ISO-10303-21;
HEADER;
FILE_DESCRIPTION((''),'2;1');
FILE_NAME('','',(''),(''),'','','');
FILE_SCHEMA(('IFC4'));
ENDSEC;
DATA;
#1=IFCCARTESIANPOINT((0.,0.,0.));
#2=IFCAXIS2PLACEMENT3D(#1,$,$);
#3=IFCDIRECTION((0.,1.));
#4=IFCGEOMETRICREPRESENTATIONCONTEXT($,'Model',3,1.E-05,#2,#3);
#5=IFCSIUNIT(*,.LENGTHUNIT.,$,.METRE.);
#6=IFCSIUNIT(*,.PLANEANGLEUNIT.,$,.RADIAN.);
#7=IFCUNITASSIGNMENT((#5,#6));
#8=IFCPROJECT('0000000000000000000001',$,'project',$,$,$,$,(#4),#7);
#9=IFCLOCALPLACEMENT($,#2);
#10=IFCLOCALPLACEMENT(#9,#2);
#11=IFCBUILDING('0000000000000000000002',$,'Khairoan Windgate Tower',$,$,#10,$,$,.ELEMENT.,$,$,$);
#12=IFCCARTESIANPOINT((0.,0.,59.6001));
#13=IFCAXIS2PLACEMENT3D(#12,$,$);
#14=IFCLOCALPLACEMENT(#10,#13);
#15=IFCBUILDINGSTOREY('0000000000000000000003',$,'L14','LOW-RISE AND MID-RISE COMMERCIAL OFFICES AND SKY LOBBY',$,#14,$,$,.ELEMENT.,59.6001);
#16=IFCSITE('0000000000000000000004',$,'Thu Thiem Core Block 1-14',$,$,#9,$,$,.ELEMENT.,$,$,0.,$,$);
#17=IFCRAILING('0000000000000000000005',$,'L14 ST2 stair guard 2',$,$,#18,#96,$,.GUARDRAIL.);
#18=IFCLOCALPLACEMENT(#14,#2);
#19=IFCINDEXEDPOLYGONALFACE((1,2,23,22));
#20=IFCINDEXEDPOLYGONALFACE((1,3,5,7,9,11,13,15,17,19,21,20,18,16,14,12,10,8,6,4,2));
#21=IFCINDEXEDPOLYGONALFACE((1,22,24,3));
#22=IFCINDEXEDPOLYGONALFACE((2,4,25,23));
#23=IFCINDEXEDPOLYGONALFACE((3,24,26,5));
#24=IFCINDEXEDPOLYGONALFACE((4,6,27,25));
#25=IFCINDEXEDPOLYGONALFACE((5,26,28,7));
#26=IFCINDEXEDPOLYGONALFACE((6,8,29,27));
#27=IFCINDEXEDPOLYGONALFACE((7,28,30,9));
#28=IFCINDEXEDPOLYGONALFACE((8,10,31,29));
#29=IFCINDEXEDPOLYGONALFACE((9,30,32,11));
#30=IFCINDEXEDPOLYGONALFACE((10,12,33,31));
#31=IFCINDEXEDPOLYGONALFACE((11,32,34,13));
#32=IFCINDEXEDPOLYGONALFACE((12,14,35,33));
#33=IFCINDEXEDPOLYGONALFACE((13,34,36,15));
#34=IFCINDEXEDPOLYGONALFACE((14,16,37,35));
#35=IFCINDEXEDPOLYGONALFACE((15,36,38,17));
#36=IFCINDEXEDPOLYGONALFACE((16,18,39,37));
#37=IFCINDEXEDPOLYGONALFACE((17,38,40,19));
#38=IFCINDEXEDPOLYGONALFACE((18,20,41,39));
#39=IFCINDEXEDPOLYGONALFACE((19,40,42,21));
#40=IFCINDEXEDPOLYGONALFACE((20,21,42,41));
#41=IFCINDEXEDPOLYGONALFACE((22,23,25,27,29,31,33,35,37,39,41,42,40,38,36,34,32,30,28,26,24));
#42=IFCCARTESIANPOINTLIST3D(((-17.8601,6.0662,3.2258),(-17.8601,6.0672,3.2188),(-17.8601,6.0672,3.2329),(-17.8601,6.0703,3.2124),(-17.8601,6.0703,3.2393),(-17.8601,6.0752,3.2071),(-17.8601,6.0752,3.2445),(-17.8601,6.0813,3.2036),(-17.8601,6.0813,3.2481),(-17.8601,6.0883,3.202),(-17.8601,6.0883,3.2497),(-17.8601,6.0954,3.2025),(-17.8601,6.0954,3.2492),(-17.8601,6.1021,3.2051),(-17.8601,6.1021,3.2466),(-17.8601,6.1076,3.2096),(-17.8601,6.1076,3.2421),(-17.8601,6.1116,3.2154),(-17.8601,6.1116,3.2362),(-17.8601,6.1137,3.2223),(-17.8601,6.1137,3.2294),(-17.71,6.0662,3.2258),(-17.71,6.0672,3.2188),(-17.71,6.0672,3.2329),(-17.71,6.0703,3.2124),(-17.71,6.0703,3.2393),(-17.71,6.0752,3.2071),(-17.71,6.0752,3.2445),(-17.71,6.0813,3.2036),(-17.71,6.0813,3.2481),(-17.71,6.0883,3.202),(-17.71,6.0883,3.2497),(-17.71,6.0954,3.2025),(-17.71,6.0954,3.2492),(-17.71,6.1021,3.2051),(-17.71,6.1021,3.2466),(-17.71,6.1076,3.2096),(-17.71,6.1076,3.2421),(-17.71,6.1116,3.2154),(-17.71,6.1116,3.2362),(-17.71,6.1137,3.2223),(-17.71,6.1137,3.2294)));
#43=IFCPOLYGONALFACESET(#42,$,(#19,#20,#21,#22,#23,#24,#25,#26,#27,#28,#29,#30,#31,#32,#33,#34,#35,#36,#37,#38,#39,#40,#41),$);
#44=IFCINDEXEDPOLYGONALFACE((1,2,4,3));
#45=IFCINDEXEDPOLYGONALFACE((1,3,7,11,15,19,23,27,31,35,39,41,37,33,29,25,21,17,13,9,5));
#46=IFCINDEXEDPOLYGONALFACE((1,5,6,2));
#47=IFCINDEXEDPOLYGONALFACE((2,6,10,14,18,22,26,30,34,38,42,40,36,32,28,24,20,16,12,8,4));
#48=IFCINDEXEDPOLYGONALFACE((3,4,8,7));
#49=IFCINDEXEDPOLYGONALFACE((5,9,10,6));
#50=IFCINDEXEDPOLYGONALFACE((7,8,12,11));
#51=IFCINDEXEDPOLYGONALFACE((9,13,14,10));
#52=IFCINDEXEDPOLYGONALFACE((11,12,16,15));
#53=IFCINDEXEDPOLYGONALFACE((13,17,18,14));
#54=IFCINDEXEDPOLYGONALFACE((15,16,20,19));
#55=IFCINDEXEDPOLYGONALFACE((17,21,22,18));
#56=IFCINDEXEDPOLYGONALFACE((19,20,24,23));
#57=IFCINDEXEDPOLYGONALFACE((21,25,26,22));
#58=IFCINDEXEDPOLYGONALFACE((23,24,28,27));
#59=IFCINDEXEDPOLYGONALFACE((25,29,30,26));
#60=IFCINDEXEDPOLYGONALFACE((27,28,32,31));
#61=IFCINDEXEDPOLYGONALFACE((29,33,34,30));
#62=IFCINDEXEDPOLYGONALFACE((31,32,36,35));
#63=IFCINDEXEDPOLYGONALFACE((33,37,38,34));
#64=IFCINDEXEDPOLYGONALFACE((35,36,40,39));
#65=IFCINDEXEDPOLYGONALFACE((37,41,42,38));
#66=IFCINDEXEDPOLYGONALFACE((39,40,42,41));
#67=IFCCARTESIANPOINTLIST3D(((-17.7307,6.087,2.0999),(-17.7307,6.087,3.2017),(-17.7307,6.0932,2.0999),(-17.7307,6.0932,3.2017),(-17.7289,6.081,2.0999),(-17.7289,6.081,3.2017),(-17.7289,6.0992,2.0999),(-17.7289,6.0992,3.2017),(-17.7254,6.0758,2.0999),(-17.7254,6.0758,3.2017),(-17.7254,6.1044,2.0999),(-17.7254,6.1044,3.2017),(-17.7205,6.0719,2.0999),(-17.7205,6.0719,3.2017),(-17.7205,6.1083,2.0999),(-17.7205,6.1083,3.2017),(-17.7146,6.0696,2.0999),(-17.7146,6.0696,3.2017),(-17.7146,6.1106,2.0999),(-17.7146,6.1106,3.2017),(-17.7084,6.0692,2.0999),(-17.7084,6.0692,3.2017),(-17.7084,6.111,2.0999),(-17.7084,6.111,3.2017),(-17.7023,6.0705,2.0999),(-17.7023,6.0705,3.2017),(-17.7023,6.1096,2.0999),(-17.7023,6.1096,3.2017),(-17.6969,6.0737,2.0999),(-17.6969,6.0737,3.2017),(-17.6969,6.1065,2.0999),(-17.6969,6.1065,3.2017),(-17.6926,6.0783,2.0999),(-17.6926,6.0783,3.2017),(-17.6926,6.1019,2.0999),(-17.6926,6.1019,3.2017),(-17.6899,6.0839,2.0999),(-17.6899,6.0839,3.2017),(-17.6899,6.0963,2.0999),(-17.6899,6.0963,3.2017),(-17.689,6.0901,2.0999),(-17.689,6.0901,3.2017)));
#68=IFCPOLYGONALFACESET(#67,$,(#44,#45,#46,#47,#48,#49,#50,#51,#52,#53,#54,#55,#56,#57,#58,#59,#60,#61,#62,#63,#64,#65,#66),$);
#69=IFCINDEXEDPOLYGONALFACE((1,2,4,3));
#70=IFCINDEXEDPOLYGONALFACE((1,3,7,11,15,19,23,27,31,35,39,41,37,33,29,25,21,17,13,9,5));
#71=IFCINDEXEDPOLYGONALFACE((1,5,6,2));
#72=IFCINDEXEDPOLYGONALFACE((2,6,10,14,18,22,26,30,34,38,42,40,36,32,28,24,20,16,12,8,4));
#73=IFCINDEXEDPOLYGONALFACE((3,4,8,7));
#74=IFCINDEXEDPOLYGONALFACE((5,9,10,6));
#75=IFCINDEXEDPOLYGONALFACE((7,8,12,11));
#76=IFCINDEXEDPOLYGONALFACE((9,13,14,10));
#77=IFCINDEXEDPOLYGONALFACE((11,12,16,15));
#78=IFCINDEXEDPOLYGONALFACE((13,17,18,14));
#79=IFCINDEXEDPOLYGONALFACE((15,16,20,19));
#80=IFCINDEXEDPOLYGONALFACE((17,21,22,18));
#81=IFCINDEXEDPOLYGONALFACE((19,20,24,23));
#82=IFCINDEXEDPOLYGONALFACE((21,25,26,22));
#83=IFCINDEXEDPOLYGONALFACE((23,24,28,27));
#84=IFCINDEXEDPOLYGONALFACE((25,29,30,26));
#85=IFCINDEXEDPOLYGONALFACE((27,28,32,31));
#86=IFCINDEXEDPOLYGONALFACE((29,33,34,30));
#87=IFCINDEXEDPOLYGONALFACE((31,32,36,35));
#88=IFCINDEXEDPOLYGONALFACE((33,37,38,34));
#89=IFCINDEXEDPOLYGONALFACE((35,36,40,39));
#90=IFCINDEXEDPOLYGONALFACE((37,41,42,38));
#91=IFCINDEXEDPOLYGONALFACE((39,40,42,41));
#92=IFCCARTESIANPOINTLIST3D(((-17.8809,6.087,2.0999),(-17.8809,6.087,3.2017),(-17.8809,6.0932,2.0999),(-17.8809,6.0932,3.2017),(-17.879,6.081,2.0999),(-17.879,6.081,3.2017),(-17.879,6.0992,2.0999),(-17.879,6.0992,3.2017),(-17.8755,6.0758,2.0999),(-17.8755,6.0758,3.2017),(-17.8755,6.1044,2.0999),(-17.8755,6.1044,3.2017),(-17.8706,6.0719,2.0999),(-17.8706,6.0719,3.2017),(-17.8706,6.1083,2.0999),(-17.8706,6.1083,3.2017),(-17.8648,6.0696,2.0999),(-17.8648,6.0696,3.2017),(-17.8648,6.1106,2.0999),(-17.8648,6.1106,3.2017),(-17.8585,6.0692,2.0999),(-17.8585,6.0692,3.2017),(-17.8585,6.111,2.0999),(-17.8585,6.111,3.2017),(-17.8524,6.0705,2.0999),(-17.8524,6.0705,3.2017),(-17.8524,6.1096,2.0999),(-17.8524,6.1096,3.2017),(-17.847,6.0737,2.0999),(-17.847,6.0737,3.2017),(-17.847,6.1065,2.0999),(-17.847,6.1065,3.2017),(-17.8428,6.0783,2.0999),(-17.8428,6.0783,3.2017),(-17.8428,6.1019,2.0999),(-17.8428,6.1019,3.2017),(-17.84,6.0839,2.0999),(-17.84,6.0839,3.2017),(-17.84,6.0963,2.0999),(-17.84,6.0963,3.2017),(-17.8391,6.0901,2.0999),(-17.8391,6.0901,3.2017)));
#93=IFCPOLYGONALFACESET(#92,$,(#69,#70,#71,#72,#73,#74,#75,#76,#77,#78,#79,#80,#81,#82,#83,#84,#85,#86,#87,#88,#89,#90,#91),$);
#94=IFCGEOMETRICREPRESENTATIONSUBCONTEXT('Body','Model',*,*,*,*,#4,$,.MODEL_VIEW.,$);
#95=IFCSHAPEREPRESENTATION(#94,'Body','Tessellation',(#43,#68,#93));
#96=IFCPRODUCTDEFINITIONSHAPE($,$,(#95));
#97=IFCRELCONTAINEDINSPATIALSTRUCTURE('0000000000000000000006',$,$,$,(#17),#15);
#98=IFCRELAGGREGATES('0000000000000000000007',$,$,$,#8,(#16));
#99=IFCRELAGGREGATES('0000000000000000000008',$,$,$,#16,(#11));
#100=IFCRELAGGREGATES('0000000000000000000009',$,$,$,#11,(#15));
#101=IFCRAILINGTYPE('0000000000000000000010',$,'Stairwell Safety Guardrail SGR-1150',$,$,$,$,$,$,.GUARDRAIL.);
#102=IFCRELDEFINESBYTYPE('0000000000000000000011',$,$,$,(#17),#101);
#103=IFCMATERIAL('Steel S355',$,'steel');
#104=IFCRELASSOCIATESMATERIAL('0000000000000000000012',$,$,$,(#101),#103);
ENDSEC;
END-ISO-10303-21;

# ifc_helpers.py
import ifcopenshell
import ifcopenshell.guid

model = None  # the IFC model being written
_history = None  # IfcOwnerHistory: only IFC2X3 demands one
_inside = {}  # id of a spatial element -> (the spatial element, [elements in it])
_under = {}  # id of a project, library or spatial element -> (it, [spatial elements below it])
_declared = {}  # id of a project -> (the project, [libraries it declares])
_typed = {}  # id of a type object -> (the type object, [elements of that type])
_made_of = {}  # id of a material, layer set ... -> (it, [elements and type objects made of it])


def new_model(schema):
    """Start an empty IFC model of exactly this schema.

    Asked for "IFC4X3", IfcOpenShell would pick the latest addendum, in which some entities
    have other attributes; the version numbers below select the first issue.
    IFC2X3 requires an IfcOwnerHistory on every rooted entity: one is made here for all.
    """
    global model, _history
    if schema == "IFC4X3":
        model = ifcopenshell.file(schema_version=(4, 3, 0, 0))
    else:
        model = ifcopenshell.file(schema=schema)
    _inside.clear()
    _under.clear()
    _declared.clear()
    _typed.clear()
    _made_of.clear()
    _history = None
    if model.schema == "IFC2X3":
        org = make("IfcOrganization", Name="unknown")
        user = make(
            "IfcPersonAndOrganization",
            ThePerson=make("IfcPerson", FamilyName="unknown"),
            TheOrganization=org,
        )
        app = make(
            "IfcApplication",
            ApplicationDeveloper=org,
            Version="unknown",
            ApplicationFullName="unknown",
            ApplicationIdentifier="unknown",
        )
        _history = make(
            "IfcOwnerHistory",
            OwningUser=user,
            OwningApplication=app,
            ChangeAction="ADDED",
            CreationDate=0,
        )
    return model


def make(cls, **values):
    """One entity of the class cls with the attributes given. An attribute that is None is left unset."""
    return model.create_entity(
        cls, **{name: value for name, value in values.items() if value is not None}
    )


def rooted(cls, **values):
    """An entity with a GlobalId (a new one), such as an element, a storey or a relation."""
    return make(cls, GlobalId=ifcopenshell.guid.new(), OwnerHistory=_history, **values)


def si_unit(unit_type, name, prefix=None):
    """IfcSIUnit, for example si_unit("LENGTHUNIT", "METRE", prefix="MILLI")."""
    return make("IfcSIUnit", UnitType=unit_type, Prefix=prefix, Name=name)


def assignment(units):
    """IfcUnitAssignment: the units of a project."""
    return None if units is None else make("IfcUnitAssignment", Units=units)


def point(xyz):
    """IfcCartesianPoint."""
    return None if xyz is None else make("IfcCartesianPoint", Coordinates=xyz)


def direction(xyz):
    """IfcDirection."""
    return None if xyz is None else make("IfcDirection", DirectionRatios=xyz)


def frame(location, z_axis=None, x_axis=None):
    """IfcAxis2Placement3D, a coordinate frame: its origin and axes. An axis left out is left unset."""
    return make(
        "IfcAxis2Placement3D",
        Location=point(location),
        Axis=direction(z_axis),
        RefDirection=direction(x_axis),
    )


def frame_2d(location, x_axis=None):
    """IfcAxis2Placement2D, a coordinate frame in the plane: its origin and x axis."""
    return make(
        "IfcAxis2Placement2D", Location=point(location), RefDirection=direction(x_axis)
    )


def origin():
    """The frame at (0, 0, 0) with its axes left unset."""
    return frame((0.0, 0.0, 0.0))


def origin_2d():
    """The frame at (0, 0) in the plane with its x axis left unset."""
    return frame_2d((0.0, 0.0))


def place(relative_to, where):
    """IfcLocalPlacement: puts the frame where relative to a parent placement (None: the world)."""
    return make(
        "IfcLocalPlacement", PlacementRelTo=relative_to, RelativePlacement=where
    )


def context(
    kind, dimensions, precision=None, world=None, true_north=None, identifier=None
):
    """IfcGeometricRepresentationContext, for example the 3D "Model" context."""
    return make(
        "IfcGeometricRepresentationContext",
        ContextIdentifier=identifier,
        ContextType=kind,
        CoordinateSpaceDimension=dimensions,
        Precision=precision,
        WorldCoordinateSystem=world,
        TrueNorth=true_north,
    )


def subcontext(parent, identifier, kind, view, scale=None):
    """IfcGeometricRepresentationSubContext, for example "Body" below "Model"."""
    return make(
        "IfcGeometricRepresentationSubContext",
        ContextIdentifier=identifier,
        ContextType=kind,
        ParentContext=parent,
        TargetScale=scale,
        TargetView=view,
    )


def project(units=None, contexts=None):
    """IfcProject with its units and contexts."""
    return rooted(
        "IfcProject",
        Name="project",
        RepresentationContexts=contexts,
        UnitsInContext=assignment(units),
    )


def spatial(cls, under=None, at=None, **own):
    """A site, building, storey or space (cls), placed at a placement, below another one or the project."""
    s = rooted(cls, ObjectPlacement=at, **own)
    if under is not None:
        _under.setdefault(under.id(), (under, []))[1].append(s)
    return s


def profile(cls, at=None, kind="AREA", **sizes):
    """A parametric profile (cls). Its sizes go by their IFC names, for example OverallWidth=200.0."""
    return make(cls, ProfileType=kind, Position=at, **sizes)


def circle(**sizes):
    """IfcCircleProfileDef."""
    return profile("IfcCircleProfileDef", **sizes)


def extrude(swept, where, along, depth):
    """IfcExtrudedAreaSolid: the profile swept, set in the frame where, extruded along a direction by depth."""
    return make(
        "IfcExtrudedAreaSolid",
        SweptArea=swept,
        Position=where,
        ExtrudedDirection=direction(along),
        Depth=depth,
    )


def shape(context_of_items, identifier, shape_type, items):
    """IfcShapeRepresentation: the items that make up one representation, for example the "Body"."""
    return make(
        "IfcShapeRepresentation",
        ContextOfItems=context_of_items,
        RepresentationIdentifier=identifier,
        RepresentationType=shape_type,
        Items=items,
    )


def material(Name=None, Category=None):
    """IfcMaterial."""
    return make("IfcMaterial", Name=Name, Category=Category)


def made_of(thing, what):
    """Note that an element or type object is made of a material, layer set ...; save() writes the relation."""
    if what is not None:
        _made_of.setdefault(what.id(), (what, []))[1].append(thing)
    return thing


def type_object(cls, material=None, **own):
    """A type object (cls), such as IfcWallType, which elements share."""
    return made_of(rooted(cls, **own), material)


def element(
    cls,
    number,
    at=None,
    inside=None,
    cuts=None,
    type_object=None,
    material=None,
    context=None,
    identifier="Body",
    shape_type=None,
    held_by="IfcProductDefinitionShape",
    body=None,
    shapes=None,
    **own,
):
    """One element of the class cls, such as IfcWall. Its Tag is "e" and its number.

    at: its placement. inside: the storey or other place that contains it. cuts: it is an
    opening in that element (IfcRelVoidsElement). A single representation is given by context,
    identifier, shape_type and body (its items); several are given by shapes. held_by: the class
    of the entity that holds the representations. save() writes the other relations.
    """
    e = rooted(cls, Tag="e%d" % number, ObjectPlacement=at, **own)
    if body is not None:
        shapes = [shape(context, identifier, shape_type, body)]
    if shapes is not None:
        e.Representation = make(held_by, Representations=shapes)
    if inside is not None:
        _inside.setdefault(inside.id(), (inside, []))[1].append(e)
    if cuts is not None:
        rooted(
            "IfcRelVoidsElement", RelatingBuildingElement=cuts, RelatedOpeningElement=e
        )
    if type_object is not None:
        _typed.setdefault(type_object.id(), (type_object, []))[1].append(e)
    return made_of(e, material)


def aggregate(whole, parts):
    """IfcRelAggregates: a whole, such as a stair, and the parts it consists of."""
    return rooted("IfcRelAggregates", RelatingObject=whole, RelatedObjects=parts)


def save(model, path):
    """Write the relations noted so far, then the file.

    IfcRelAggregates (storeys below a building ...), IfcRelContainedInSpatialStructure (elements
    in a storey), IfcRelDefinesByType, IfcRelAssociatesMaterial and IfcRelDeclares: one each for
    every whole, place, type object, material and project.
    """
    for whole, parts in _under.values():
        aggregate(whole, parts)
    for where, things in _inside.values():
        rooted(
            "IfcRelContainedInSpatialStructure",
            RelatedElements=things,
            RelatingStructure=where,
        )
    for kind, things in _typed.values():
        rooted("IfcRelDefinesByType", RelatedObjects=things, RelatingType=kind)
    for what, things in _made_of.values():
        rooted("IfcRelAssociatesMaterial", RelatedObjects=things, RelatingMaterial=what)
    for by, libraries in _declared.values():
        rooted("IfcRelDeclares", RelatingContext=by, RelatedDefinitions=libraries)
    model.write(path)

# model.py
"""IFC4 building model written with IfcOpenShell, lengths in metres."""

from ifc_helpers import new_model, si_unit, direction, frame, origin, origin_2d, place, context, subcontext, project, spatial, circle, extrude, material, type_object, element, save


model = new_model("IFC4")

# Units and contexts
model_context = context("Model", 3, precision=1e-05, world=origin(), true_north=direction((0.0, 1.0)))
body_context = subcontext(model_context, "Body", "Model", "MODEL_VIEW")
ifc_project = project(units=[si_unit("LENGTHUNIT", "METRE"), si_unit("PLANEANGLEUNIT", "RADIAN")], contexts=[model_context])

# Site, building, storey
site_placement = place(None, origin())
site = spatial("IfcSite", under=ifc_project, at=site_placement, Name="Thu Thiem Core Block 1-14", CompositionType="ELEMENT", RefElevation=0.0)
building_placement = place(site_placement, origin())
building = spatial("IfcBuilding", under=site, at=building_placement, Name="Khairoan Windgate Tower", CompositionType="ELEMENT")
storey_placement = place(building_placement, frame((0.0, 0.0, 59.6001)))
storey = spatial("IfcBuildingStorey", under=building, at=storey_placement, Name="L14", Description="LOW-RISE AND MID-RISE COMMERCIAL OFFICES AND SKY LOBBY", CompositionType="ELEMENT", Elevation=59.6001)

# Railing
ifc_material_1 = material(Name="Steel S355", Category="steel")
railing_type_1 = type_object("IfcRailingType", Name="Stairwell Safety Guardrail SGR-1150", PredefinedType="GUARDRAIL", material=ifc_material_1)
railing_1_placement = place(storey_placement, frame((-17.71, 6.0901, 2.0999)))
element("IfcRailing", 1, at=railing_1_placement, inside=storey, type_object=railing_type_1, Name="L14 ST2 stair guard 2", PredefinedType="GUARDRAIL", context=body_context, shape_type="SweptSolid", body=[
    extrude(circle(Radius=0.0239, at=origin_2d()), frame((0.0, 0.0, 1.126), z_axis=(-1.0, 0.0, 0.0), x_axis=(0.0, -1.0, 0.0)), (0.0, 0.0, 1.0), 0.1501),
    extrude(circle(Radius=0.021, at=origin_2d()), origin(), (0.0, 0.0, 1.0), 1.1018),
    extrude(circle(Radius=0.021, at=origin_2d()), frame((-0.1501, 0.0, 0.0)), (0.0, 0.0, 1.0), 1.1018),
])

save(model, "model.ifc")
